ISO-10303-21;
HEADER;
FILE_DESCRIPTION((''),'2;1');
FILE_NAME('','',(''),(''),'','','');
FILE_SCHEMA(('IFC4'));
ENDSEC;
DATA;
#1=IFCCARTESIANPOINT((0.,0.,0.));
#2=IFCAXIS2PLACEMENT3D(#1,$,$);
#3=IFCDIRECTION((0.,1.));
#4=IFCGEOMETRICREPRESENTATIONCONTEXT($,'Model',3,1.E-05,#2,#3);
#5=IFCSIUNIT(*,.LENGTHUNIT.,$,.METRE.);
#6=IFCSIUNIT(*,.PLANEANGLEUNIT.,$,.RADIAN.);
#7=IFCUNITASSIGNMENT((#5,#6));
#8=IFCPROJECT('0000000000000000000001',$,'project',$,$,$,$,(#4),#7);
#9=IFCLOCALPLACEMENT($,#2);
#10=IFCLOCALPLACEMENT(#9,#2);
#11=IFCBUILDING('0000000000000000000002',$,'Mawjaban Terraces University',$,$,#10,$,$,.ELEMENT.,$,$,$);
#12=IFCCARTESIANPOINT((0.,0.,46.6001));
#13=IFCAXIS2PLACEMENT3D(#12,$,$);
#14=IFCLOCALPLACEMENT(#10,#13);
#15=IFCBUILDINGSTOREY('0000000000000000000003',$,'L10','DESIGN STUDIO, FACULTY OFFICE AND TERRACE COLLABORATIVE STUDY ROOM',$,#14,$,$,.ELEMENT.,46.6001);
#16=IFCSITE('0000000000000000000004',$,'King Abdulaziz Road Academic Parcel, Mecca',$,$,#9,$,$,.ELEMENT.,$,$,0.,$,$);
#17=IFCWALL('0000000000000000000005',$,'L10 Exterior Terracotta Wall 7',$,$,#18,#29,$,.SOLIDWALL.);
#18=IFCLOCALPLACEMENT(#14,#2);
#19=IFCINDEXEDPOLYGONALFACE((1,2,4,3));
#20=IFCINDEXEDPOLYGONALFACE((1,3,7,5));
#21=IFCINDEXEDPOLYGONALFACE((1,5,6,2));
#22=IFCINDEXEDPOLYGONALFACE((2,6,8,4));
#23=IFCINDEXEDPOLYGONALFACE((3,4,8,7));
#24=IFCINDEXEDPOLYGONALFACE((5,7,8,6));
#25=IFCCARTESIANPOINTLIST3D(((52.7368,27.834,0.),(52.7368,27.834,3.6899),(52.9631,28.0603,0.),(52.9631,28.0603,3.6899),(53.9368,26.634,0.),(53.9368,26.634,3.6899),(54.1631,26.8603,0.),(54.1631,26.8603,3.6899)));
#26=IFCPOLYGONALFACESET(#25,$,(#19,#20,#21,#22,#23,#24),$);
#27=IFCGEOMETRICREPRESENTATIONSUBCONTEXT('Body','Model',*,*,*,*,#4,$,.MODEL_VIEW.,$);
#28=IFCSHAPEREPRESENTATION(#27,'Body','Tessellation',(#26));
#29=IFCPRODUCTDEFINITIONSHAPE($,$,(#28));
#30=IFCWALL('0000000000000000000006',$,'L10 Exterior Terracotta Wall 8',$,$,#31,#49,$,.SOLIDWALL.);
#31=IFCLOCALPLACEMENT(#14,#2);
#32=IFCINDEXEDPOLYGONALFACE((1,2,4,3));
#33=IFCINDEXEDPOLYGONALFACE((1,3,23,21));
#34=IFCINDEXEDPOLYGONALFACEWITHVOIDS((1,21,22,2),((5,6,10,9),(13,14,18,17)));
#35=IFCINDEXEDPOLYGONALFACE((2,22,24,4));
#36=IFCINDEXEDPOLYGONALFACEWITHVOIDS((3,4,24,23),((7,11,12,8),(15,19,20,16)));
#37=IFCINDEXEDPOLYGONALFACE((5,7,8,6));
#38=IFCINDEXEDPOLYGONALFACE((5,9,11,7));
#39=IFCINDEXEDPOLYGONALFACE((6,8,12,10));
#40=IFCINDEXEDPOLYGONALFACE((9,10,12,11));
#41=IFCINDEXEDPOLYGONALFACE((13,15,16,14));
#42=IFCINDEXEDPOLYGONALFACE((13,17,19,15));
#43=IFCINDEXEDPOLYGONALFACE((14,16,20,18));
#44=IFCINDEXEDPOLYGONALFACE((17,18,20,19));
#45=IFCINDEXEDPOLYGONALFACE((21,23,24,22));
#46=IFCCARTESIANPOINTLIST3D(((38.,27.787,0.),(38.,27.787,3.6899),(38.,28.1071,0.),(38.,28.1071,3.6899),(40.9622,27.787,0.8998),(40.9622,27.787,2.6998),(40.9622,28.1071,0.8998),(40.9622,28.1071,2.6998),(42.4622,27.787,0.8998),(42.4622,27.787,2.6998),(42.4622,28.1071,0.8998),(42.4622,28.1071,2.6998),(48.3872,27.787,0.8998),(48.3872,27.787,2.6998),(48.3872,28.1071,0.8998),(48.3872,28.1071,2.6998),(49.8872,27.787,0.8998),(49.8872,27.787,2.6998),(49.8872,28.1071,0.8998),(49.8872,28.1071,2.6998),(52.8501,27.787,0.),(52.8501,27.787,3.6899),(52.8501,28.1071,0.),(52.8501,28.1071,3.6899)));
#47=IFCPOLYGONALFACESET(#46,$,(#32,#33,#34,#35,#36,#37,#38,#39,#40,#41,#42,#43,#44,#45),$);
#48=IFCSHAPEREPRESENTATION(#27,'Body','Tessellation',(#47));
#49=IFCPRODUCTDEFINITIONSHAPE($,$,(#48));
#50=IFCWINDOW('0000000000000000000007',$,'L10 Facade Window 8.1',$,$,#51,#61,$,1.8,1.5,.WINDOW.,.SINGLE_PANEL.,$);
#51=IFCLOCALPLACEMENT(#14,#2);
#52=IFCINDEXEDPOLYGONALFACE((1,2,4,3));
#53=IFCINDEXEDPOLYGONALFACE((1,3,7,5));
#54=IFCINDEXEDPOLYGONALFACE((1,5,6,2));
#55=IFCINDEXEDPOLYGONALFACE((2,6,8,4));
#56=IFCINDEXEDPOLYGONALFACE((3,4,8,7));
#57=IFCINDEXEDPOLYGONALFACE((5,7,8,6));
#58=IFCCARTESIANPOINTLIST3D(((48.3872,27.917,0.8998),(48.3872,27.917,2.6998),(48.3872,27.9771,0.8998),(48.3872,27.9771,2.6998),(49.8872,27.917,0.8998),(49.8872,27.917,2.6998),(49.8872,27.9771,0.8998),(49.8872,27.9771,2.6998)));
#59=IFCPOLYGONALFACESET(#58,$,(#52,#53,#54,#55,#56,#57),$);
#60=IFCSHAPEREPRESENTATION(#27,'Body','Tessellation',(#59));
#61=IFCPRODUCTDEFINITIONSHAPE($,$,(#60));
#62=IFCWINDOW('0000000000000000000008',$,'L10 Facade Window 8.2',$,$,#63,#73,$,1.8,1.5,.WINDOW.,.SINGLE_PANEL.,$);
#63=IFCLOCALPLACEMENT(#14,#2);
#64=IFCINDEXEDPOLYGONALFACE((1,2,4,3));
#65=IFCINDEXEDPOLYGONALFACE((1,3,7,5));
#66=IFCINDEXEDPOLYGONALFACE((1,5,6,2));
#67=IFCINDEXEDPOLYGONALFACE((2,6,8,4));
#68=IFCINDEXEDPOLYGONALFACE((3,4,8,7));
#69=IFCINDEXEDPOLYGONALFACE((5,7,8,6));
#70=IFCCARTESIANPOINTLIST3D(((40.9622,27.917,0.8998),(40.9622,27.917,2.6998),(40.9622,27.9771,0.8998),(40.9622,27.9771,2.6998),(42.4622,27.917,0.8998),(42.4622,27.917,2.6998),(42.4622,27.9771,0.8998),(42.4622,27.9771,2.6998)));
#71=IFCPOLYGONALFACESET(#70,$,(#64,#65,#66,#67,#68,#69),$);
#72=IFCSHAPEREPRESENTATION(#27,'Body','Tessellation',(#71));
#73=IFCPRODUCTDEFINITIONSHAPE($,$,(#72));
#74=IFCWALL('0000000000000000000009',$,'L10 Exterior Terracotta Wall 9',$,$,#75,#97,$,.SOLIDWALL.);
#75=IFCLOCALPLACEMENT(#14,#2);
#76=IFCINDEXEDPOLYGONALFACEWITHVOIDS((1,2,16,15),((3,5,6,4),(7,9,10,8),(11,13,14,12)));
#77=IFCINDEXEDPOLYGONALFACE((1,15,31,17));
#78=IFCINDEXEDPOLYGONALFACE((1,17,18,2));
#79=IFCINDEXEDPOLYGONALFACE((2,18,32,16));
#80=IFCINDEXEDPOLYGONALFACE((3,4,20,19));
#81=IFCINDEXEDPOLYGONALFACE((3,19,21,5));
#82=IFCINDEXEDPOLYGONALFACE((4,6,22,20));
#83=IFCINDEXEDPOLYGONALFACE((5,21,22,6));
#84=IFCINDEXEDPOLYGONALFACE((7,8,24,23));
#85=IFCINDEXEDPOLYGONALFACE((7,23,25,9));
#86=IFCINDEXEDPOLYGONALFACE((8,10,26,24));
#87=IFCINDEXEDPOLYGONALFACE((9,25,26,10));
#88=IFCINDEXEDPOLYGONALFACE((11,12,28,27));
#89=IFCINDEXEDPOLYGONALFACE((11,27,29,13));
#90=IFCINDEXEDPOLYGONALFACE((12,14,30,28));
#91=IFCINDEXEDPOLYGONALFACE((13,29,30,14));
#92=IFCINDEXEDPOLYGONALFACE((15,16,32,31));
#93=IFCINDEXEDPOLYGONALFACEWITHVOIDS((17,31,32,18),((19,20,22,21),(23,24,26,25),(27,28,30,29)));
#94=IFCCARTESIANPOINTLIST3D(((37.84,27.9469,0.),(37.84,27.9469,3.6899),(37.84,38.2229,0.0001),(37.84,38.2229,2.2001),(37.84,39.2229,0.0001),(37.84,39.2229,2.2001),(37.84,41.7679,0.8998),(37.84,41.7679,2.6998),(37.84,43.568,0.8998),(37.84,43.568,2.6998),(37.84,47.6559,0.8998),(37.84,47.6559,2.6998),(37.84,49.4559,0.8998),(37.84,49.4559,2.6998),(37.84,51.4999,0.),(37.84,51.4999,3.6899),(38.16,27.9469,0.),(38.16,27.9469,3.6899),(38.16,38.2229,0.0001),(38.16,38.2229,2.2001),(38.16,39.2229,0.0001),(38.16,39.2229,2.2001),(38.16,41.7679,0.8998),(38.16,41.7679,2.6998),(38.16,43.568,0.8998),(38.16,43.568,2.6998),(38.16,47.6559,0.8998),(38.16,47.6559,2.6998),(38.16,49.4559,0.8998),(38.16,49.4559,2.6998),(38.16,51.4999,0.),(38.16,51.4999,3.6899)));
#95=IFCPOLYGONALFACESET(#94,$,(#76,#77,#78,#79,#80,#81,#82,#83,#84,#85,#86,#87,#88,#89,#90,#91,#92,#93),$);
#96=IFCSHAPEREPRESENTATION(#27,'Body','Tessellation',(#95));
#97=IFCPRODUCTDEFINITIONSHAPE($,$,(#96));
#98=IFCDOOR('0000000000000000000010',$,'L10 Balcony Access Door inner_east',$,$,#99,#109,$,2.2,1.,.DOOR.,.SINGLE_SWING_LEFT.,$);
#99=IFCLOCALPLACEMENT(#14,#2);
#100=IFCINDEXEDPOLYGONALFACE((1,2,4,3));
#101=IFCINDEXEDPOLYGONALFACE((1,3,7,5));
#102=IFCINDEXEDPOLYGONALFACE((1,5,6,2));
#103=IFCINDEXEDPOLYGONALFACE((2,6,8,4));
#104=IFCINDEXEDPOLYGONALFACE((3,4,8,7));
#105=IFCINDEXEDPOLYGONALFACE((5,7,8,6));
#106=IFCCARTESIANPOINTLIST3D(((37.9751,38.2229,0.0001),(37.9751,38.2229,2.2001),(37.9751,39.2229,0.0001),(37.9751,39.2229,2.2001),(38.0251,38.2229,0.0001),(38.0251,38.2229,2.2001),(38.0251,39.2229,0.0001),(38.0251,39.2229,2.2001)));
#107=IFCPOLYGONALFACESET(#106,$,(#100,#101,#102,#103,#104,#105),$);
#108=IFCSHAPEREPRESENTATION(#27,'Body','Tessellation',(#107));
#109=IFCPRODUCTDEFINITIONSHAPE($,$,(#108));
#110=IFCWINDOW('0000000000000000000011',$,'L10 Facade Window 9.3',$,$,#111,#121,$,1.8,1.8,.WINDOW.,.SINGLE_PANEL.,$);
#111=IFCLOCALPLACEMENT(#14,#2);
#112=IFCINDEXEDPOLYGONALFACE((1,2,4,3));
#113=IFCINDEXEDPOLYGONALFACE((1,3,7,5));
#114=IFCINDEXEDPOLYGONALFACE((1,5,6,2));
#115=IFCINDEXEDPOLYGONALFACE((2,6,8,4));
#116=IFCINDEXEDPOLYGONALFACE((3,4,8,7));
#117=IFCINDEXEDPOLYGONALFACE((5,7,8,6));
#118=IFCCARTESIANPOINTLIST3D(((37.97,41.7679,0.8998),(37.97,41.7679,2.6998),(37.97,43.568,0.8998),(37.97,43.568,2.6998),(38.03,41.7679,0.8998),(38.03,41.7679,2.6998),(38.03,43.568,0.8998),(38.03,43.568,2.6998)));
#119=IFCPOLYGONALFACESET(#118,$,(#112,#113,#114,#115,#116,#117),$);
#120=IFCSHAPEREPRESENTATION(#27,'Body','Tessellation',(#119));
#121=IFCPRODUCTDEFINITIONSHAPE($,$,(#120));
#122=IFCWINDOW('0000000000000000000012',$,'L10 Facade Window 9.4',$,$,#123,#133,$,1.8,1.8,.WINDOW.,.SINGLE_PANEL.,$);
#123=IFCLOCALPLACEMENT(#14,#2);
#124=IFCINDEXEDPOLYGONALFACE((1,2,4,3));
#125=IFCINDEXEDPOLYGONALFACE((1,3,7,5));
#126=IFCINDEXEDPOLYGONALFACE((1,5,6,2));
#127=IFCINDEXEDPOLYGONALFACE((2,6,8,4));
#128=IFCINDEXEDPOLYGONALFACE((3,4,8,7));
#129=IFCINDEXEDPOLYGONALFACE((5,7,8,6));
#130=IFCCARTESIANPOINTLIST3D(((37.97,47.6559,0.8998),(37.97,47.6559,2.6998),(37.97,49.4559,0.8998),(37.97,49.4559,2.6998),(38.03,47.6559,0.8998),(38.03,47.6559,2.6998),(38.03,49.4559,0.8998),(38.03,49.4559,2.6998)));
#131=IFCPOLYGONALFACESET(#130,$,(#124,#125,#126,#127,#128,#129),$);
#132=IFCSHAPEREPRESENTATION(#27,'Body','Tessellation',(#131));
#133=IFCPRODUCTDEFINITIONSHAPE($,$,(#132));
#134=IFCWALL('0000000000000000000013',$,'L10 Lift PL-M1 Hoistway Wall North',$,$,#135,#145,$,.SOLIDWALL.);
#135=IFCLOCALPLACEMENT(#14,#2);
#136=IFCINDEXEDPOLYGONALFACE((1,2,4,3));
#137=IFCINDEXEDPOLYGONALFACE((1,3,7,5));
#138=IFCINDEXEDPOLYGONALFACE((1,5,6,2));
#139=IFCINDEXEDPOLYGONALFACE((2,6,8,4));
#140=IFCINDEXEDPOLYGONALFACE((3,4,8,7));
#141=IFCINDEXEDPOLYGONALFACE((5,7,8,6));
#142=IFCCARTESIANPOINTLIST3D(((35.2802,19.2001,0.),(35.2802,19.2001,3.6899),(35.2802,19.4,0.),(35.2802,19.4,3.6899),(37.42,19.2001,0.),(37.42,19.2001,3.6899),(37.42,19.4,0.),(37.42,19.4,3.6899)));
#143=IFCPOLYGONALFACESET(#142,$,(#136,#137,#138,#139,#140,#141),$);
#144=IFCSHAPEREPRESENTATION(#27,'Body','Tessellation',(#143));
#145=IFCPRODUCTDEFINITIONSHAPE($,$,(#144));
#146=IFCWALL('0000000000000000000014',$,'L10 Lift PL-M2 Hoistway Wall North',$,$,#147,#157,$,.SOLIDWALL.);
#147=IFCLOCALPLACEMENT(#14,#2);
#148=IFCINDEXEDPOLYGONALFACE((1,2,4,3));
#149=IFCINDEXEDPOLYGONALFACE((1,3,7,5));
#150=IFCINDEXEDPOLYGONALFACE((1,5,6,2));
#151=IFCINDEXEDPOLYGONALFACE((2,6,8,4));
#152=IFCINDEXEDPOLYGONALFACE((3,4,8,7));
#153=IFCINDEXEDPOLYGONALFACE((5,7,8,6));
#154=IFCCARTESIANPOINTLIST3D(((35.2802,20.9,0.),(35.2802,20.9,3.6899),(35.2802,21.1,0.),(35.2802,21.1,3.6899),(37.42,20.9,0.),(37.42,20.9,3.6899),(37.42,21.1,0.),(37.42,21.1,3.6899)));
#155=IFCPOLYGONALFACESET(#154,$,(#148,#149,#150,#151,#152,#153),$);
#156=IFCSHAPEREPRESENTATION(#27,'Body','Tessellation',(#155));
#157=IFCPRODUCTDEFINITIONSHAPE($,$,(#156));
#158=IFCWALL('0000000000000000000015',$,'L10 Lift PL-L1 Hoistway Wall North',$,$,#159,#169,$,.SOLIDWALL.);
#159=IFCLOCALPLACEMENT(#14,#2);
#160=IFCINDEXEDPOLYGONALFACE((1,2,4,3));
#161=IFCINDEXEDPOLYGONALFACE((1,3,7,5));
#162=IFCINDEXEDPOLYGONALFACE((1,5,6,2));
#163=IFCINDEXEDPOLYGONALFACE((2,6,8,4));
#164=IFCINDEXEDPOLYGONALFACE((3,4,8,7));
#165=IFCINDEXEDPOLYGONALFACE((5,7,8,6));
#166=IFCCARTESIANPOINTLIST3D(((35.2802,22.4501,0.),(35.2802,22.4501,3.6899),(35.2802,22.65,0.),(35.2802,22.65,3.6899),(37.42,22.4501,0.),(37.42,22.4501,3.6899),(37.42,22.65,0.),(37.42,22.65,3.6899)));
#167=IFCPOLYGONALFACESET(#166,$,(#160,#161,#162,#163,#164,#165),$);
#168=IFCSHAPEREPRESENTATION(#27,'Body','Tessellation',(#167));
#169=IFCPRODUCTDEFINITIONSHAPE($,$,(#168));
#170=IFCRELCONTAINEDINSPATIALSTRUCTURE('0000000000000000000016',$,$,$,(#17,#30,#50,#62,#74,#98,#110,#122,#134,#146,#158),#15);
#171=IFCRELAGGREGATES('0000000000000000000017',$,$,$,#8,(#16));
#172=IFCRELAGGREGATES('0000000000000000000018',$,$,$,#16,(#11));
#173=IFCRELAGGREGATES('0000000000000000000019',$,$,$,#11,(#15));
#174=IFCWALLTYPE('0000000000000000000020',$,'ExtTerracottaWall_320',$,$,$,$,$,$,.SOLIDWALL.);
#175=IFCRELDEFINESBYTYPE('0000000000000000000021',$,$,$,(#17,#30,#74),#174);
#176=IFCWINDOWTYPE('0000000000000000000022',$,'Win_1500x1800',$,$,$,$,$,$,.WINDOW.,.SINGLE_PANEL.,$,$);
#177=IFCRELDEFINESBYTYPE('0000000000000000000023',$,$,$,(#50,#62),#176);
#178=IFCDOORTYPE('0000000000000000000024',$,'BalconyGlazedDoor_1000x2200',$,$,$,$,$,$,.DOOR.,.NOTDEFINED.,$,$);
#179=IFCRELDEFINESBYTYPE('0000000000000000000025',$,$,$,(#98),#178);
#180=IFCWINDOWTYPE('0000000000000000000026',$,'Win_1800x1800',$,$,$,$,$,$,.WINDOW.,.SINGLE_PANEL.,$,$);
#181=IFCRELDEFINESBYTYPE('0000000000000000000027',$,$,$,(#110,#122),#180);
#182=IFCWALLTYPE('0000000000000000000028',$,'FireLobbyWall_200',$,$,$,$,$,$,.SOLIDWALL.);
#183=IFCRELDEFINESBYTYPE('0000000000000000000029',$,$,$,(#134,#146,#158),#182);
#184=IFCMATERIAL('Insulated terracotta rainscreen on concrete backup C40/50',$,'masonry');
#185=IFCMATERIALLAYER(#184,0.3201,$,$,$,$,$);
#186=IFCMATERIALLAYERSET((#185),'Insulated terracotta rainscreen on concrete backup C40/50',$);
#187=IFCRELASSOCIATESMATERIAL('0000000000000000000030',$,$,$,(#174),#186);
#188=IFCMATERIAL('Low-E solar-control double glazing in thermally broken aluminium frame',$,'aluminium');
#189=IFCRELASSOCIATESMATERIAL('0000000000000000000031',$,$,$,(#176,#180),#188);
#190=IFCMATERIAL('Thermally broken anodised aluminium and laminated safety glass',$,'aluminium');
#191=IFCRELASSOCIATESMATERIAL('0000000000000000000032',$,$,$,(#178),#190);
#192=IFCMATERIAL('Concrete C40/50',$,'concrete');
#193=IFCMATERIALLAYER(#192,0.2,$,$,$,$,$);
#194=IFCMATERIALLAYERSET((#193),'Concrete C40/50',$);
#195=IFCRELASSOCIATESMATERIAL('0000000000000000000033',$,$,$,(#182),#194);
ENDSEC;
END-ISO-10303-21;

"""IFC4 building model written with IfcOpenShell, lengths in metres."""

from ifc_helpers import new_model, si_unit, direction, frame, frame_2d, origin, place, context, subcontext, project, spatial, rectangle, extrude, material, layer, layer_set, type_object, element, fill, save


model = new_model("IFC4")

# Units and contexts
model_context = context("Model", 3, precision=1e-05, world=origin(), true_north=direction((0.0, 1.0)))
body_context = subcontext(model_context, "Body", "Model", "MODEL_VIEW")
ifc_project = project(units=[si_unit("LENGTHUNIT", "METRE"), si_unit("PLANEANGLEUNIT", "RADIAN")], contexts=[model_context])

# Site, building, storey
site_placement = place(None, origin())
site = spatial("IfcSite", under=ifc_project, at=site_placement, Name="King Abdulaziz Road Academic Parcel, Mecca", CompositionType="ELEMENT", RefElevation=0.0)
building_placement = place(site_placement, origin())
building = spatial("IfcBuilding", under=site, at=building_placement, Name="Mawjaban Terraces University", CompositionType="ELEMENT")
storey_placement = place(building_placement, frame((0.0, 0.0, 46.6001)))
storey = spatial("IfcBuildingStorey", under=building, at=storey_placement, Name="L10", Description="DESIGN STUDIO, FACULTY OFFICE AND TERRACE COLLABORATIVE STUDY ROOM", CompositionType="ELEMENT", Elevation=46.6001)

# Wall
ifc_material_1 = material(Name="Insulated terracotta rainscreen on concrete backup C40/50", Category="masonry")
ifc_layer_1 = layer(ifc_material_1, 0.3201)
ifc_layer_set_1 = layer_set([ifc_layer_1], Name="Insulated terracotta rainscreen on concrete backup C40/50")
wall_type_1 = type_object("IfcWallType", Name="ExtTerracottaWall_320", PredefinedType="SOLIDWALL", material=ifc_layer_set_1)
wall_1_placement = place(storey_placement, frame((54.05, 26.7471, 0.0), z_axis=(0.0, 0.0, 1.0), x_axis=(-0.707107, 0.707107, 0.0)))
element("IfcWall", 1, at=wall_1_placement, inside=storey, type_object=wall_type_1, Name="L10 Exterior Terracotta Wall 7", PredefinedType="SOLIDWALL", context=body_context, shape_type="SweptSolid", body=[
    extrude(rectangle(XDim=1.697, YDim=0.3201, at=frame_2d((0.8486, 0.0))), origin(), (0.0, 0.0, 1.0), 3.6899),
])

# Wall, openings, windows
wall_2_placement = place(storey_placement, frame((52.8501, 27.947, 0.0), z_axis=(0.0, 0.0, 1.0), x_axis=(-1.0, 0.0, 0.0)))
wall_2 = element("IfcWall", 2, at=wall_2_placement, inside=storey, type_object=wall_type_1, Name="L10 Exterior Terracotta Wall 8", PredefinedType="SOLIDWALL", context=body_context, shape_type="SweptSolid", body=[
    extrude(rectangle(XDim=14.8501, YDim=0.3201, at=frame_2d((7.425, 0.0))), origin(), (0.0, 0.0, 1.0), 3.6899),
])
opening_1_placement = place(wall_2_placement, frame((2.9629, 0.0, 0.8999)))
opening_1 = element("IfcOpeningElement", 3, at=opening_1_placement, cuts=wall_2, PredefinedType="OPENING", context=body_context, shape_type="SweptSolid", body=[
    extrude(rectangle(XDim=1.5, YDim=1.8, at=frame_2d((0.75, 0.8999))), frame((0.0, 0.1699, 0.0), z_axis=(0.0, -1.0, 0.0), x_axis=(1.0, 0.0, 0.0)), (0.0, 0.0, 1.0), 0.3401),
])
opening_2_placement = place(wall_2_placement, frame((10.3879, 0.0, 0.8999)))
opening_2 = element("IfcOpeningElement", 4, at=opening_2_placement, cuts=wall_2, PredefinedType="OPENING", context=body_context, shape_type="SweptSolid", body=[
    extrude(rectangle(XDim=1.5, YDim=1.8, at=frame_2d((0.75, 0.8999))), frame((0.0, 0.1699, 0.0), z_axis=(0.0, -1.0, 0.0), x_axis=(1.0, 0.0, 0.0)), (0.0, 0.0, 1.0), 0.3401),
])
ifc_material_2 = material(Name="Low-E solar-control double glazing in thermally broken aluminium frame", Category="aluminium")
window_type_1 = type_object("IfcWindowType", Name="Win_1500x1800", PartitioningType="SINGLE_PANEL", PredefinedType="WINDOW", material=ifc_material_2)
window_1_placement = place(opening_1_placement, origin())
window_1 = element("IfcWindow", 5, at=window_1_placement, inside=storey, type_object=window_type_1, Name="L10 Facade Window 8.1", OverallHeight=1.8, OverallWidth=1.5, PartitioningType="SINGLE_PANEL", PredefinedType="WINDOW", context=body_context, shape_type="SweptSolid", body=[
    extrude(rectangle(XDim=1.5, YDim=1.8, at=frame_2d((0.75, 0.8999))), frame((0.0, 0.03, 0.0), z_axis=(0.0, -1.0, 0.0), x_axis=(1.0, 0.0, 0.0)), (0.0, 0.0, 1.0), 0.0601),
])
fill(opening_1, window_1)
window_2_placement = place(opening_2_placement, origin())
window_2 = element("IfcWindow", 6, at=window_2_placement, inside=storey, type_object=window_type_1, Name="L10 Facade Window 8.2", OverallHeight=1.8, OverallWidth=1.5, PartitioningType="SINGLE_PANEL", PredefinedType="WINDOW", context=body_context, shape_type="SweptSolid", body=[
    extrude(rectangle(XDim=1.5, YDim=1.8, at=frame_2d((0.75, 0.8999))), frame((0.0, 0.03, 0.0), z_axis=(0.0, -1.0, 0.0), x_axis=(1.0, 0.0, 0.0)), (0.0, 0.0, 1.0), 0.0601),
])
fill(opening_2, window_2)

# Wall, openings, door, windows
wall_3_placement = place(storey_placement, frame((38.0, 27.947, 0.0), z_axis=(0.0, 0.0, 1.0), x_axis=(0.0, 1.0, 0.0)))
wall_3 = element("IfcWall", 7, at=wall_3_placement, inside=storey, type_object=wall_type_1, Name="L10 Exterior Terracotta Wall 9", PredefinedType="SOLIDWALL", context=body_context, shape_type="SweptSolid", body=[
    extrude(rectangle(XDim=23.553, YDim=0.3201, at=frame_2d((11.7764, 0.0))), origin(), (0.0, 0.0, 1.0), 3.6899),
])
opening_3_placement = place(wall_3_placement, frame((10.2759, 0.0, 0.0)))
opening_3 = element("IfcOpeningElement", 8, at=opening_3_placement, cuts=wall_3, PredefinedType="OPENING", context=body_context, shape_type="SweptSolid", body=[
    extrude(rectangle(XDim=1.0, YDim=2.2, at=frame_2d((0.5, 1.1001))), frame((0.0, 0.1699, 0.0), z_axis=(0.0, -1.0, 0.0), x_axis=(1.0, 0.0, 0.0)), (0.0, 0.0, 1.0), 0.3401),
])
opening_4_placement = place(wall_3_placement, frame((13.821, 0.0, 0.8999)))
opening_4 = element("IfcOpeningElement", 9, at=opening_4_placement, cuts=wall_3, PredefinedType="OPENING", context=body_context, shape_type="SweptSolid", body=[
    extrude(rectangle(XDim=1.8, YDim=1.8, at=frame_2d((0.8999, 0.8999))), frame((0.0, 0.1699, 0.0), z_axis=(0.0, -1.0, 0.0), x_axis=(1.0, 0.0, 0.0)), (0.0, 0.0, 1.0), 0.3401),
])
opening_5_placement = place(wall_3_placement, frame((19.709, 0.0, 0.8999)))
opening_5 = element("IfcOpeningElement", 10, at=opening_5_placement, cuts=wall_3, PredefinedType="OPENING", context=body_context, shape_type="SweptSolid", body=[
    extrude(rectangle(XDim=1.8, YDim=1.8, at=frame_2d((0.8999, 0.8999))), frame((0.0, 0.1699, 0.0), z_axis=(0.0, -1.0, 0.0), x_axis=(1.0, 0.0, 0.0)), (0.0, 0.0, 1.0), 0.3401),
])
ifc_material_3 = material(Name="Thermally broken anodised aluminium and laminated safety glass", Category="aluminium")
door_type = type_object("IfcDoorType", Name="BalconyGlazedDoor_1000x2200", OperationType="NOTDEFINED", PredefinedType="DOOR", material=ifc_material_3)
door_placement = place(opening_3_placement, origin())
door = element("IfcDoor", 11, at=door_placement, inside=storey, type_object=door_type, Name="L10 Balcony Access Door inner_east", OperationType="SINGLE_SWING_LEFT", OverallHeight=2.2, OverallWidth=1.0, PredefinedType="DOOR", context=body_context, shape_type="SweptSolid", body=[
    extrude(rectangle(XDim=1.0, YDim=2.2, at=frame_2d((0.5, 1.1001))), frame((0.0, 0.0249, 0.0), z_axis=(0.0, -1.0, 0.0), x_axis=(1.0, 0.0, 0.0)), (0.0, 0.0, 1.0), 0.05),
])
fill(opening_3, door)
window_type_2 = type_object("IfcWindowType", Name="Win_1800x1800", PartitioningType="SINGLE_PANEL", PredefinedType="WINDOW", material=ifc_material_2)
window_3_placement = place(opening_4_placement, origin())
window_3 = element("IfcWindow", 12, at=window_3_placement, inside=storey, type_object=window_type_2, Name="L10 Facade Window 9.3", OverallHeight=1.8, OverallWidth=1.8, PartitioningType="SINGLE_PANEL", PredefinedType="WINDOW", context=body_context, shape_type="SweptSolid", body=[
    extrude(rectangle(XDim=1.8, YDim=1.8, at=frame_2d((0.8999, 0.8999))), frame((0.0, 0.03, 0.0), z_axis=(0.0, -1.0, 0.0), x_axis=(1.0, 0.0, 0.0)), (0.0, 0.0, 1.0), 0.0601),
])
fill(opening_4, window_3)
window_4_placement = place(opening_5_placement, origin())
window_4 = element("IfcWindow", 13, at=window_4_placement, inside=storey, type_object=window_type_2, Name="L10 Facade Window 9.4", OverallHeight=1.8, OverallWidth=1.8, PartitioningType="SINGLE_PANEL", PredefinedType="WINDOW", context=body_context, shape_type="SweptSolid", body=[
    extrude(rectangle(XDim=1.8, YDim=1.8, at=frame_2d((0.8999, 0.8999))), frame((0.0, 0.03, 0.0), z_axis=(0.0, -1.0, 0.0), x_axis=(1.0, 0.0, 0.0)), (0.0, 0.0, 1.0), 0.0601),
])
fill(opening_5, window_4)

# Walls
ifc_material_4 = material(Name="Concrete C40/50", Category="concrete")
ifc_layer_2 = layer(ifc_material_4, 0.2)
ifc_layer_set_2 = layer_set([ifc_layer_2], Name="Concrete C40/50")
wall_type_2 = type_object("IfcWallType", Name="FireLobbyWall_200", PredefinedType="SOLIDWALL", material=ifc_layer_set_2)
for number, where, z_axis, x_axis, name in (
    (14, (37.4199, 19.3, 0.0), (0.0, 0.0, 1.0), (-1.0, 0.0, 0.0), "L10 Lift PL-M1 Hoistway Wall North"),
    (15, (37.4199, 21.0, 0.0), (0.0, 0.0, 1.0), (-1.0, 0.0, 0.0), "L10 Lift PL-M2 Hoistway Wall North"),
    (16, (37.4199, 22.55, 0.0), (0.0, 0.0, 1.0), (-1.0, 0.0, 0.0), "L10 Lift PL-L1 Hoistway Wall North"),
):
    element("IfcWall", number, at=place(storey_placement, frame(where, z_axis=z_axis, x_axis=x_axis)), inside=storey, type_object=wall_type_2, Name=name, PredefinedType="SOLIDWALL", context=body_context, shape_type="SweptSolid", body=[
        extrude(rectangle(XDim=2.1399, YDim=0.2, at=frame_2d((1.0698, 0.0))), origin(), (0.0, 0.0, 1.0), 3.6899),
    ])

save(model, "model.ifc")
